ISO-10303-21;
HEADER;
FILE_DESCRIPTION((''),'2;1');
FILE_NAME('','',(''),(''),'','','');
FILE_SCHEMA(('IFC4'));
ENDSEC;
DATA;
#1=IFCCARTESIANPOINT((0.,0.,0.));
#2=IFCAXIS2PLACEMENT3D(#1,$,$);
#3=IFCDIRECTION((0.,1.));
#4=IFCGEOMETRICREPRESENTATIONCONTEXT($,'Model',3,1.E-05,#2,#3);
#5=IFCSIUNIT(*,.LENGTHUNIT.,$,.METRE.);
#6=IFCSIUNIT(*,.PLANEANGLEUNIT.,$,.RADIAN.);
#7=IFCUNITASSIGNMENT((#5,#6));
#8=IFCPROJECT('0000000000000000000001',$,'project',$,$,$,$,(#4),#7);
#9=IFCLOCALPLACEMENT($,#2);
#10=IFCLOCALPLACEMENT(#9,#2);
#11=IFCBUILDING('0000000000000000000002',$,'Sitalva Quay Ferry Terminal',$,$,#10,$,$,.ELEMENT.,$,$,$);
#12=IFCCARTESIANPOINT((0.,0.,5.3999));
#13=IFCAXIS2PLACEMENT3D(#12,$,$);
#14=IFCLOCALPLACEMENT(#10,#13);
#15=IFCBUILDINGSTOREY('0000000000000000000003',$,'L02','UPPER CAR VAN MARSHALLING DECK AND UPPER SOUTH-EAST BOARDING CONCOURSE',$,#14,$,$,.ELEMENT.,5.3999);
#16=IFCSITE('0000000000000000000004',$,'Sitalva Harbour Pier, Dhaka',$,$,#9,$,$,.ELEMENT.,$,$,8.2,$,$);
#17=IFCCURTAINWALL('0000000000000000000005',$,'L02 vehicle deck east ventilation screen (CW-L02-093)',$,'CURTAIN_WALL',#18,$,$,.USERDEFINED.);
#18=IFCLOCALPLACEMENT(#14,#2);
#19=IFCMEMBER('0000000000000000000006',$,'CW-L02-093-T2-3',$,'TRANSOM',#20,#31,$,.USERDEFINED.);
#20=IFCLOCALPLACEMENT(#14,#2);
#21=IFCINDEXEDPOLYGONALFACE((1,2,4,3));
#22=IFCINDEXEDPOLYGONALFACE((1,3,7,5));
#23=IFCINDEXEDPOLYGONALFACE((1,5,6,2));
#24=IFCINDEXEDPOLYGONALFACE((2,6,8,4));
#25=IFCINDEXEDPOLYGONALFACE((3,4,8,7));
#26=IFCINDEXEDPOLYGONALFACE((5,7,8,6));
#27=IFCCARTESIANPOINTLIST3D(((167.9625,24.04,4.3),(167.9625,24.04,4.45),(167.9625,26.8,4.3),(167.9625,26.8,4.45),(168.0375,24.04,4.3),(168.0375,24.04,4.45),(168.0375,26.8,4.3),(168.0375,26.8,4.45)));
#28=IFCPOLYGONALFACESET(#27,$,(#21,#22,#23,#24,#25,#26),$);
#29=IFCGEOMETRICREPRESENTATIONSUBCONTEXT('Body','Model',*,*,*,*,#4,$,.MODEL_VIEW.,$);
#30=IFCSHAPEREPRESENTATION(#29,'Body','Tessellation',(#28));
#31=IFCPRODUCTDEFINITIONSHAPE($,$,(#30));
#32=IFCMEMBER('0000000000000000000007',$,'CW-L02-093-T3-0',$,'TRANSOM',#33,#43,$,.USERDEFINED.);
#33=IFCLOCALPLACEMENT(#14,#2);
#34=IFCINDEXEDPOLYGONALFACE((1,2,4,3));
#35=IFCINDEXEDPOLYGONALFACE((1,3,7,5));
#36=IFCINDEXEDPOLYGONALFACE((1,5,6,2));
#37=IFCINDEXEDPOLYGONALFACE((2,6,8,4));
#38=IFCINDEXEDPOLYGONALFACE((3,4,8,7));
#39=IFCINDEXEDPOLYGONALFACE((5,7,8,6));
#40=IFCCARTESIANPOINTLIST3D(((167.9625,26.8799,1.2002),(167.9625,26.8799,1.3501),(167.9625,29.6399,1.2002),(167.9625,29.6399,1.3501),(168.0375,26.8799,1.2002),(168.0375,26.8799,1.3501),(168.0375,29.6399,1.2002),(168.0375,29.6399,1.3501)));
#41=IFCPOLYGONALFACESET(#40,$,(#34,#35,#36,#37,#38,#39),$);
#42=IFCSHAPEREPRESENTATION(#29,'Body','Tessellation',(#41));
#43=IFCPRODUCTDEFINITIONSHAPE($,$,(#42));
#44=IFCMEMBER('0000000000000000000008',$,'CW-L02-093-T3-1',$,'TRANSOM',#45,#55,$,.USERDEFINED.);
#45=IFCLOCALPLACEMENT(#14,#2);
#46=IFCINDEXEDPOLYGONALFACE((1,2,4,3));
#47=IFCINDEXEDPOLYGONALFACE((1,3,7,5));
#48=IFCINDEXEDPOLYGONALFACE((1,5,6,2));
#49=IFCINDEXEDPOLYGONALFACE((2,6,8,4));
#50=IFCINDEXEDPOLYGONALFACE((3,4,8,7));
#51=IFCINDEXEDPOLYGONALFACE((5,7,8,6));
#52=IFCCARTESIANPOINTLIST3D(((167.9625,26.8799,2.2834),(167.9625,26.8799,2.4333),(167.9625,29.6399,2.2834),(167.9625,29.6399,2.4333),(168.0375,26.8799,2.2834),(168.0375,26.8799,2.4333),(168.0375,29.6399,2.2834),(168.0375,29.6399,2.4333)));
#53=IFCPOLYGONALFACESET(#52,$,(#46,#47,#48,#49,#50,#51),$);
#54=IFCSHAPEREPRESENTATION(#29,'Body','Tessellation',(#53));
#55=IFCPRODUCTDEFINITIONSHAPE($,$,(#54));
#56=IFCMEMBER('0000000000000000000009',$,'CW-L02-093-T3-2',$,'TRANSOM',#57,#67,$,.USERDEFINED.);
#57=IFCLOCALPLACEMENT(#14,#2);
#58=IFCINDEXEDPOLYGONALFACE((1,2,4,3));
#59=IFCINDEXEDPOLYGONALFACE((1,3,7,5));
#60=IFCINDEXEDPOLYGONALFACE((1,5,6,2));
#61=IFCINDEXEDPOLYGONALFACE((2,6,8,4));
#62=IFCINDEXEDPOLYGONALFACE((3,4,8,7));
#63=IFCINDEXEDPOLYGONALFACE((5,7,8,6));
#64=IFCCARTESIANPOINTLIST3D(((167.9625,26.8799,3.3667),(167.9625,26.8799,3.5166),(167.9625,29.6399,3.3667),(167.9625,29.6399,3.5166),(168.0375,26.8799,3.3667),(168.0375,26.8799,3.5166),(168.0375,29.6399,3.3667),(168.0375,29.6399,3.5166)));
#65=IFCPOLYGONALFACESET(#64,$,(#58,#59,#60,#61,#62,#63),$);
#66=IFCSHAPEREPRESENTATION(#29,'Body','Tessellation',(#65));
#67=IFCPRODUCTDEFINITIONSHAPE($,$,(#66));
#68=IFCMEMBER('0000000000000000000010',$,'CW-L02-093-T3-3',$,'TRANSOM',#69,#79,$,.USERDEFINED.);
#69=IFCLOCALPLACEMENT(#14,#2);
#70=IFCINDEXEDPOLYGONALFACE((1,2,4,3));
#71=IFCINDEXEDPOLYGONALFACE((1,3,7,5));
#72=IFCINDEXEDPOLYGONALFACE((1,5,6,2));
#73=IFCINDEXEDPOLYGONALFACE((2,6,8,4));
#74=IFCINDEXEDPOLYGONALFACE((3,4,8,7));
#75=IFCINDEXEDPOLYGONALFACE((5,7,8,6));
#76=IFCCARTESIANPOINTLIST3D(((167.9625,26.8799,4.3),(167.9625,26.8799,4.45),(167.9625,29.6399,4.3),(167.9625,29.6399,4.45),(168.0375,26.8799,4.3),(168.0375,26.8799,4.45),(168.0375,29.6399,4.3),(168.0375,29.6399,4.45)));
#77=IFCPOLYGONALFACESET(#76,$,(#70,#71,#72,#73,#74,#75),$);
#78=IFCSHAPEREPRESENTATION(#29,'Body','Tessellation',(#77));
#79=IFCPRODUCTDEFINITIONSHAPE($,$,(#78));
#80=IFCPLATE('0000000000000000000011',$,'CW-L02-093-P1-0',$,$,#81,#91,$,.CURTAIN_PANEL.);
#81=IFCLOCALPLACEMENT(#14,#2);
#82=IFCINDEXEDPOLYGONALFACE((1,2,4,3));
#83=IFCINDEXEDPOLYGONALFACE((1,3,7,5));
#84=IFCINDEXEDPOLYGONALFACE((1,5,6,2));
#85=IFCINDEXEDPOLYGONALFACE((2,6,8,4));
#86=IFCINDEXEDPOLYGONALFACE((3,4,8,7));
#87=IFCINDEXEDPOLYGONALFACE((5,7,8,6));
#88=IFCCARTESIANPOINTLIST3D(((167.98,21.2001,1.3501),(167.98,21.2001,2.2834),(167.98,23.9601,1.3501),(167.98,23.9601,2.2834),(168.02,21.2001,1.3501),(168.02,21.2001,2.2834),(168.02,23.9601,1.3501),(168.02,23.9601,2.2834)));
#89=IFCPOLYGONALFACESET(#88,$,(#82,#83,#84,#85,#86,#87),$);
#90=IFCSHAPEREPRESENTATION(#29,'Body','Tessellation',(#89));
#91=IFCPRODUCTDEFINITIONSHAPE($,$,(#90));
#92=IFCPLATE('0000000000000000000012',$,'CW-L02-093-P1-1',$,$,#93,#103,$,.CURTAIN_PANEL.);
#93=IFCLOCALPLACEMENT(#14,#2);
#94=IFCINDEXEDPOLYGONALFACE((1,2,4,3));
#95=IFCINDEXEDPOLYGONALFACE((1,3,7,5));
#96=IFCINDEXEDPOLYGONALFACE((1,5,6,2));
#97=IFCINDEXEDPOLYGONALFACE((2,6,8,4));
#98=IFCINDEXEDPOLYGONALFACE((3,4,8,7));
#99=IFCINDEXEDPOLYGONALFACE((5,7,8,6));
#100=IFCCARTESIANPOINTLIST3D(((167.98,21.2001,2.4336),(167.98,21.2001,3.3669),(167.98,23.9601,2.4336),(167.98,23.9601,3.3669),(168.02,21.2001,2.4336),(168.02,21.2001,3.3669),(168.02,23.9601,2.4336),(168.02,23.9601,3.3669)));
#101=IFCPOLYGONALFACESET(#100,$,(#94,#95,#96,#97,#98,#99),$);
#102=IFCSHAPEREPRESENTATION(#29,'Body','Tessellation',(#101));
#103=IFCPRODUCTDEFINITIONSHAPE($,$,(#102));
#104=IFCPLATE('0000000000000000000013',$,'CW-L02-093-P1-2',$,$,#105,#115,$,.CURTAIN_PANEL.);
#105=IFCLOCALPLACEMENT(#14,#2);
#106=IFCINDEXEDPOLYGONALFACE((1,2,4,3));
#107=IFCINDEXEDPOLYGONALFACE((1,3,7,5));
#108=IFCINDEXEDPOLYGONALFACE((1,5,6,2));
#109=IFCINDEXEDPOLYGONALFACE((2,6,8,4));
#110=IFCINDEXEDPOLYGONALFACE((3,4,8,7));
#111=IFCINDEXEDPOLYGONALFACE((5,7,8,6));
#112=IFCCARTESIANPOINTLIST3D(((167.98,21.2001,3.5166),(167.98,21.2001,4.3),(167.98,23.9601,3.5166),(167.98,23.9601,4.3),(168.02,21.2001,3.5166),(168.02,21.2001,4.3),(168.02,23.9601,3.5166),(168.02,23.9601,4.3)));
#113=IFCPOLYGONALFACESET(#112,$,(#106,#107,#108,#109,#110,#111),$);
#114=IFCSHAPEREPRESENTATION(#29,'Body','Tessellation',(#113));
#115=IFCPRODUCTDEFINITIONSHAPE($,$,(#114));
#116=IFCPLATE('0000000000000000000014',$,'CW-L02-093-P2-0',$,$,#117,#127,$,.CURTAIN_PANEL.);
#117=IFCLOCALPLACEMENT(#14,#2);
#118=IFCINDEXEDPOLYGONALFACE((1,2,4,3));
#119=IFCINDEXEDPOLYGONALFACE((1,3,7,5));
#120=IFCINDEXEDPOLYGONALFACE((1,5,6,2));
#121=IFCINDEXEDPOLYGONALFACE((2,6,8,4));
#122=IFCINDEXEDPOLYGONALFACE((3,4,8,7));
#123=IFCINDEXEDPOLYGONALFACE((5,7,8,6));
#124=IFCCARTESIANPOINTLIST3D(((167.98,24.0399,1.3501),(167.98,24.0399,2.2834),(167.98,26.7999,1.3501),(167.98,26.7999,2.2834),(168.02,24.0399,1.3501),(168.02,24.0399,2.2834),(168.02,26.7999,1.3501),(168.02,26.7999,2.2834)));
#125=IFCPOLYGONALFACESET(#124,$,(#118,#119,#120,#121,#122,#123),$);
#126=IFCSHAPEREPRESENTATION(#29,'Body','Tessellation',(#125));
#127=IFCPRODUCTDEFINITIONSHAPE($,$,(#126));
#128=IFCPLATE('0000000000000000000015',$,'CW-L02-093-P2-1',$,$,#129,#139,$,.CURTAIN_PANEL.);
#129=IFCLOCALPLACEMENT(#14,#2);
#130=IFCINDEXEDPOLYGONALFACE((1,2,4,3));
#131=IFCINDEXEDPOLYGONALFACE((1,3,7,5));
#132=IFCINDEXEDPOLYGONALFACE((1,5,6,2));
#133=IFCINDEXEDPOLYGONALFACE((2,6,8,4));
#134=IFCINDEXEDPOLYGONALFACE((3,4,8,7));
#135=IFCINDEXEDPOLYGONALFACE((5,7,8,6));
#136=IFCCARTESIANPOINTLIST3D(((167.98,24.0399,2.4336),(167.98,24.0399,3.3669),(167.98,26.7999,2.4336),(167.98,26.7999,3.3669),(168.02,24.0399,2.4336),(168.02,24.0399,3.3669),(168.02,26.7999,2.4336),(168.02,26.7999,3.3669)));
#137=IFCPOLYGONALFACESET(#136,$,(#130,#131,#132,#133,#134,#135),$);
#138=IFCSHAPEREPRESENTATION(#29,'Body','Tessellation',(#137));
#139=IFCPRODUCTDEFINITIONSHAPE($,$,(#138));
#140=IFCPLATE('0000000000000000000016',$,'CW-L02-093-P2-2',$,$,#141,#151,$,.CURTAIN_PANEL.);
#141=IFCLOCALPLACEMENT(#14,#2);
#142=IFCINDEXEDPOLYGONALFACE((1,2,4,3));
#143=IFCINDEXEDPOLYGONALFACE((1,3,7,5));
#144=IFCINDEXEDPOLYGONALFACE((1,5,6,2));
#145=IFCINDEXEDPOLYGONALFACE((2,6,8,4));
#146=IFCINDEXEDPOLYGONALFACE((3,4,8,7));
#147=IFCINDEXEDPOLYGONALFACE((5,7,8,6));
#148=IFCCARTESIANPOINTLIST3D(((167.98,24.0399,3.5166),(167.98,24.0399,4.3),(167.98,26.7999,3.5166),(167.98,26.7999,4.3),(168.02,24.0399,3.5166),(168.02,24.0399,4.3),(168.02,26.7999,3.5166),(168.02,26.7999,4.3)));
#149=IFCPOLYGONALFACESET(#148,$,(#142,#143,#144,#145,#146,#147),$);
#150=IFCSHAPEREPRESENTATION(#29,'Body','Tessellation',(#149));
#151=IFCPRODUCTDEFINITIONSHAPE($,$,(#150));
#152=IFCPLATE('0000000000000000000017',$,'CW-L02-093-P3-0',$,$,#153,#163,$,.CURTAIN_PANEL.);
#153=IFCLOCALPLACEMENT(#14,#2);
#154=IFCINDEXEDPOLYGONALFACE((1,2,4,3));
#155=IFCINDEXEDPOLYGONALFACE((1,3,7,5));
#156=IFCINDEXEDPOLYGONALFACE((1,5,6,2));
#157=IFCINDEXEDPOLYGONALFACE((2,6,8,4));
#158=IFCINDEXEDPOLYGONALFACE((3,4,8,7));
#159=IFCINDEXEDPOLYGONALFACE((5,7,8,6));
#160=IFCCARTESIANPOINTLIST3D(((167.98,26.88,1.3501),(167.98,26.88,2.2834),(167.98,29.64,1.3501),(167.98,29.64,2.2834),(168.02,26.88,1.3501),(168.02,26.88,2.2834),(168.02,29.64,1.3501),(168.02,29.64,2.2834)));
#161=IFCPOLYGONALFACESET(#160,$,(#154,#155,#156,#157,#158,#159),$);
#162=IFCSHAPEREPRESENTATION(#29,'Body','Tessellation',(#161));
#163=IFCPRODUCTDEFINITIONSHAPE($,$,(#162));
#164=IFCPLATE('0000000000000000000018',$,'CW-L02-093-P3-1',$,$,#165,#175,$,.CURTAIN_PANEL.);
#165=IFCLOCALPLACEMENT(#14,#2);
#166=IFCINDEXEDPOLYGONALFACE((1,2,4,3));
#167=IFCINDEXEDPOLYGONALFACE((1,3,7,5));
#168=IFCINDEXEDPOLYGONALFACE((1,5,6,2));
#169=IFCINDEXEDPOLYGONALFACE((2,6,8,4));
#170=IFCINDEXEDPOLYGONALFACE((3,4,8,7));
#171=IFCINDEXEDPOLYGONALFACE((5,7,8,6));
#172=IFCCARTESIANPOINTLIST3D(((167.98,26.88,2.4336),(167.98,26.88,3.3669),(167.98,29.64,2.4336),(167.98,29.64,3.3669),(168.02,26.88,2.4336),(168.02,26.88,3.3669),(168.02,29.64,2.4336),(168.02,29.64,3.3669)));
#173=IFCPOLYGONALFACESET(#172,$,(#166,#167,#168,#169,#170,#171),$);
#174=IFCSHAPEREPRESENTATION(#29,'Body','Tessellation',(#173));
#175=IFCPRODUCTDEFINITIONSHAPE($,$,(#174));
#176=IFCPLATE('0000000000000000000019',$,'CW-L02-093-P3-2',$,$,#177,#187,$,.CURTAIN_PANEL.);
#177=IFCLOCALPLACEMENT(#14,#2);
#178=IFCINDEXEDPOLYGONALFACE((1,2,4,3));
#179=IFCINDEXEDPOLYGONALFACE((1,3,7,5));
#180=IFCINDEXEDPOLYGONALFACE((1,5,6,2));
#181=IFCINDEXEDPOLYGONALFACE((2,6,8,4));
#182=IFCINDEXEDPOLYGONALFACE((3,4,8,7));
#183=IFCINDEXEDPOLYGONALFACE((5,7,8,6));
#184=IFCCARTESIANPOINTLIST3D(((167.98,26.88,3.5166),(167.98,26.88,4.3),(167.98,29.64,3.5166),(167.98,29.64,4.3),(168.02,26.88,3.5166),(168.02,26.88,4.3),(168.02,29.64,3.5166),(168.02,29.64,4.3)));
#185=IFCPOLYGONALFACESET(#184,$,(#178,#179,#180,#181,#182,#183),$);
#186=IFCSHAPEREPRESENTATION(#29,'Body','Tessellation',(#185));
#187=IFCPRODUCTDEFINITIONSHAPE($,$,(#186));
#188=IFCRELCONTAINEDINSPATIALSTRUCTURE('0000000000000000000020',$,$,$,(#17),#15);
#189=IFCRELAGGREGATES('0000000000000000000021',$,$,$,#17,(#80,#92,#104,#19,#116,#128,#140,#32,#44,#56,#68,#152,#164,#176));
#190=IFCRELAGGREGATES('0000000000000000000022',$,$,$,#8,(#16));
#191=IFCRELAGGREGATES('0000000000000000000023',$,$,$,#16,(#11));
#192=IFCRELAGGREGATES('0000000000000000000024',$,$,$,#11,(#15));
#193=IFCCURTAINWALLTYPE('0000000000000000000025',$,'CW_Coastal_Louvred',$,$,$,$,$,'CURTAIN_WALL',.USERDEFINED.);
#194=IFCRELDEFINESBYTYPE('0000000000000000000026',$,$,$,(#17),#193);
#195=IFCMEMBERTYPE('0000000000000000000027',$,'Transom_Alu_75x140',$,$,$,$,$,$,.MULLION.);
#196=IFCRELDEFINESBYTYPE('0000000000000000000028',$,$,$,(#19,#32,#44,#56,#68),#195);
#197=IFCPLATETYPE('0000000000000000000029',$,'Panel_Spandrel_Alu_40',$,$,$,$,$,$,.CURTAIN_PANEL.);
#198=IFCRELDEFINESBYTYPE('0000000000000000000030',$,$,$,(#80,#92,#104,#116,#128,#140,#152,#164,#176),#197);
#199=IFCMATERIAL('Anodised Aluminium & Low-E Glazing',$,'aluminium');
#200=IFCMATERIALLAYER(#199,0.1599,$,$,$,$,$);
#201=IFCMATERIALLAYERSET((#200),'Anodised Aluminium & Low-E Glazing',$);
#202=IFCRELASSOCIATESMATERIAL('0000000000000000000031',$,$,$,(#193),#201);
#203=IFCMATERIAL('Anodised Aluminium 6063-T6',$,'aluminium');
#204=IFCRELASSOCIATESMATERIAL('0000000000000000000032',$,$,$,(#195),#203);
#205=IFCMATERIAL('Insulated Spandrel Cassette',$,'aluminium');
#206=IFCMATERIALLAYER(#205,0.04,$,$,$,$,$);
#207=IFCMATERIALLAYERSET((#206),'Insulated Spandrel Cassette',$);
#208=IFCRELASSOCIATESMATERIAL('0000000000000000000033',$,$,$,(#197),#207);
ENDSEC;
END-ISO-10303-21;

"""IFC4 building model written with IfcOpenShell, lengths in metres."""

from ifc_helpers import new_model, si_unit, direction, frame, origin, origin_2d, place, context, subcontext, project, spatial, rectangle, extrude, material, layer, layer_set, material_profile, profile_set, type_object, element, aggregate, save


model = new_model("IFC4")

# Units and contexts
model_context = context("Model", 3, precision=1e-05, world=origin(), true_north=direction((0.0, 1.0)))
body_context = subcontext(model_context, "Body", "Model", "MODEL_VIEW")
ifc_project = project(units=[si_unit("LENGTHUNIT", "METRE"), si_unit("PLANEANGLEUNIT", "RADIAN")], contexts=[model_context])

# Site, building, storey
site_placement = place(None, origin())
site = spatial("IfcSite", under=ifc_project, at=site_placement, Name="Sitalva Harbour Pier, Dhaka", CompositionType="ELEMENT", RefElevation=8.2)
building_placement = place(site_placement, origin())
building = spatial("IfcBuilding", under=site, at=building_placement, Name="Sitalva Quay Ferry Terminal", CompositionType="ELEMENT")
storey_placement = place(building_placement, frame((0.0, 0.0, 5.3999)))
storey = spatial("IfcBuildingStorey", under=building, at=storey_placement, Name="L02", Description="UPPER CAR VAN MARSHALLING DECK AND UPPER SOUTH-EAST BOARDING CONCOURSE", CompositionType="ELEMENT", Elevation=5.3999)

# Curtain wall, members, plates
ifc_material_1 = material(Name="Anodised Aluminium & Low-E Glazing", Category="aluminium")
ifc_layer_1 = layer(ifc_material_1, 0.1599)
ifc_layer_set_1 = layer_set([ifc_layer_1], Name="Anodised Aluminium & Low-E Glazing")
curtain_wall_type = type_object("IfcCurtainWallType", Name="CW_Coastal_Louvred", ElementType="CURTAIN_WALL", PredefinedType="USERDEFINED", material=ifc_layer_set_1)
curtain_wall_placement = place(storey_placement, origin())
curtain_wall = element("IfcCurtainWall", 1, at=curtain_wall_placement, inside=storey, type_object=curtain_wall_type, Name="L02 vehicle deck east ventilation screen (CW-L02-093)", ObjectType="CURTAIN_WALL", PredefinedType="USERDEFINED")
ifc_material_2 = material(Name="Anodised Aluminium 6063-T6", Category="aluminium")
ifc_material_profile_1 = material_profile(ifc_material_2, rectangle(XDim=0.075, YDim=0.1499, at=origin_2d()), Name="ALU75x150")
ifc_profile_set_1 = profile_set([ifc_material_profile_1], Name="Anodised Aluminium 6063-T6")
member_type_1 = type_object("IfcMemberType", Name="Transom_Alu_75x140", PredefinedType="MULLION", material=ifc_profile_set_1)
member_1_placement = place(storey_placement, frame((168.0, 24.04, 4.375), z_axis=(0.0, 1.0, 0.0), x_axis=(-1.0, 0.0, 0.0)))
member_1 = element("IfcMember", 2, at=member_1_placement, type_object=member_type_1, Name="CW-L02-093-T2-3", ObjectType="TRANSOM", PredefinedType="USERDEFINED", context=body_context, shape_type="SweptSolid", body=[
    extrude(rectangle(XDim=0.075, YDim=0.1499, at=origin_2d()), origin(), (0.0, 0.0, 1.0), 2.76),
])
member_2_placement = place(storey_placement, frame((168.0, 26.8799, 1.2751), z_axis=(0.0, 1.0, 0.0), x_axis=(-1.0, 0.0, 0.0)))
member_2 = element("IfcMember", 3, at=member_2_placement, type_object=member_type_1, Name="CW-L02-093-T3-0", ObjectType="TRANSOM", PredefinedType="USERDEFINED", context=body_context, shape_type="SweptSolid", body=[
    extrude(rectangle(XDim=0.075, YDim=0.1499, at=origin_2d()), origin(), (0.0, 0.0, 1.0), 2.76),
])
member_3_placement = place(storey_placement, frame((168.0, 26.8799, 2.3584), z_axis=(0.0, 1.0, 0.0), x_axis=(-1.0, 0.0, 0.0)))
member_3 = element("IfcMember", 4, at=member_3_placement, type_object=member_type_1, Name="CW-L02-093-T3-1", ObjectType="TRANSOM", PredefinedType="USERDEFINED", context=body_context, shape_type="SweptSolid", body=[
    extrude(rectangle(XDim=0.075, YDim=0.1499, at=origin_2d()), origin(), (0.0, 0.0, 1.0), 2.76),
])
member_4_placement = place(storey_placement, frame((168.0, 26.8799, 3.4417), z_axis=(0.0, 1.0, 0.0), x_axis=(-1.0, 0.0, 0.0)))
member_4 = element("IfcMember", 5, at=member_4_placement, type_object=member_type_1, Name="CW-L02-093-T3-2", ObjectType="TRANSOM", PredefinedType="USERDEFINED", context=body_context, shape_type="SweptSolid", body=[
    extrude(rectangle(XDim=0.075, YDim=0.1499, at=origin_2d()), origin(), (0.0, 0.0, 1.0), 2.76),
])
member_5_placement = place(storey_placement, frame((168.0, 26.8799, 4.375), z_axis=(0.0, 1.0, 0.0), x_axis=(-1.0, 0.0, 0.0)))
member_5 = element("IfcMember", 6, at=member_5_placement, type_object=member_type_1, Name="CW-L02-093-T3-3", ObjectType="TRANSOM", PredefinedType="USERDEFINED", context=body_context, shape_type="SweptSolid", body=[
    extrude(rectangle(XDim=0.075, YDim=0.1499, at=origin_2d()), origin(), (0.0, 0.0, 1.0), 2.76),
])
ifc_material_3 = material(Name="Insulated Spandrel Cassette", Category="aluminium")
ifc_layer_2 = layer(ifc_material_3, 0.04)
ifc_layer_set_2 = layer_set([ifc_layer_2], Name="Insulated Spandrel Cassette")
plate_type = type_object("IfcPlateType", Name="Panel_Spandrel_Alu_40", PredefinedType="CURTAIN_PANEL", material=ifc_layer_set_2)
plate_1_placement = place(storey_placement, frame((168.0, 22.5801, 1.3501), z_axis=(0.0, 0.0, 1.0), x_axis=(0.0, 1.0, 0.0)))
plate_1 = element("IfcPlate", 7, at=plate_1_placement, type_object=plate_type, Name="CW-L02-093-P1-0", PredefinedType="CURTAIN_PANEL", context=body_context, shape_type="SweptSolid", body=[
    extrude(rectangle(XDim=2.76, YDim=0.04, at=origin_2d()), origin(), (0.0, 0.0, 1.0), 0.9333),
])
plate_2_placement = place(storey_placement, frame((168.0, 22.5801, 2.4336), z_axis=(0.0, 0.0, 1.0), x_axis=(0.0, 1.0, 0.0)))
plate_2 = element("IfcPlate", 8, at=plate_2_placement, type_object=plate_type, Name="CW-L02-093-P1-1", PredefinedType="CURTAIN_PANEL", context=body_context, shape_type="SweptSolid", body=[
    extrude(rectangle(XDim=2.76, YDim=0.04, at=origin_2d()), origin(), (0.0, 0.0, 1.0), 0.9333),
])
plate_3_placement = place(storey_placement, frame((168.0, 22.5801, 3.5166), z_axis=(0.0, 0.0, 1.0), x_axis=(0.0, 1.0, 0.0)))
plate_3 = element("IfcPlate", 9, at=plate_3_placement, type_object=plate_type, Name="CW-L02-093-P1-2", PredefinedType="CURTAIN_PANEL", context=body_context, shape_type="SweptSolid", body=[
    extrude(rectangle(XDim=2.76, YDim=0.04, at=origin_2d()), origin(), (0.0, 0.0, 1.0), 0.7834),
])
plate_4_placement = place(storey_placement, frame((168.0, 25.4199, 1.3501), z_axis=(0.0, 0.0, 1.0), x_axis=(0.0, 1.0, 0.0)))
plate_4 = element("IfcPlate", 10, at=plate_4_placement, type_object=plate_type, Name="CW-L02-093-P2-0", PredefinedType="CURTAIN_PANEL", context=body_context, shape_type="SweptSolid", body=[
    extrude(rectangle(XDim=2.76, YDim=0.04, at=origin_2d()), origin(), (0.0, 0.0, 1.0), 0.9333),
])
plate_5_placement = place(storey_placement, frame((168.0, 25.4199, 2.4336), z_axis=(0.0, 0.0, 1.0), x_axis=(0.0, 1.0, 0.0)))
plate_5 = element("IfcPlate", 11, at=plate_5_placement, type_object=plate_type, Name="CW-L02-093-P2-1", PredefinedType="CURTAIN_PANEL", context=body_context, shape_type="SweptSolid", body=[
    extrude(rectangle(XDim=2.76, YDim=0.04, at=origin_2d()), origin(), (0.0, 0.0, 1.0), 0.9333),
])
plate_6_placement = place(storey_placement, frame((168.0, 25.4199, 3.5166), z_axis=(0.0, 0.0, 1.0), x_axis=(0.0, 1.0, 0.0)))
plate_6 = element("IfcPlate", 12, at=plate_6_placement, type_object=plate_type, Name="CW-L02-093-P2-2", PredefinedType="CURTAIN_PANEL", context=body_context, shape_type="SweptSolid", body=[
    extrude(rectangle(XDim=2.76, YDim=0.04, at=origin_2d()), origin(), (0.0, 0.0, 1.0), 0.7834),
])
plate_7_placement = place(storey_placement, frame((168.0, 28.26, 1.3501), z_axis=(0.0, 0.0, 1.0), x_axis=(0.0, 1.0, 0.0)))
plate_7 = element("IfcPlate", 13, at=plate_7_placement, type_object=plate_type, Name="CW-L02-093-P3-0", PredefinedType="CURTAIN_PANEL", context=body_context, shape_type="SweptSolid", body=[
    extrude(rectangle(XDim=2.76, YDim=0.04, at=origin_2d()), origin(), (0.0, 0.0, 1.0), 0.9333),
])
plate_8_placement = place(storey_placement, frame((168.0, 28.26, 2.4336), z_axis=(0.0, 0.0, 1.0), x_axis=(0.0, 1.0, 0.0)))
plate_8 = element("IfcPlate", 14, at=plate_8_placement, type_object=plate_type, Name="CW-L02-093-P3-1", PredefinedType="CURTAIN_PANEL", context=body_context, shape_type="SweptSolid", body=[
    extrude(rectangle(XDim=2.76, YDim=0.04, at=origin_2d()), origin(), (0.0, 0.0, 1.0), 0.9333),
])
plate_9_placement = place(storey_placement, frame((168.0, 28.26, 3.5166), z_axis=(0.0, 0.0, 1.0), x_axis=(0.0, 1.0, 0.0)))
plate_9 = element("IfcPlate", 15, at=plate_9_placement, type_object=plate_type, Name="CW-L02-093-P3-2", PredefinedType="CURTAIN_PANEL", context=body_context, shape_type="SweptSolid", body=[
    extrude(rectangle(XDim=2.76, YDim=0.04, at=origin_2d()), origin(), (0.0, 0.0, 1.0), 0.7834),
])
aggregate(curtain_wall, [plate_1, plate_2, plate_3, member_1, plate_4, plate_5, plate_6, member_2, member_3, member_4, member_5, plate_7, plate_8, plate_9])

save(model, "model.ifc")
